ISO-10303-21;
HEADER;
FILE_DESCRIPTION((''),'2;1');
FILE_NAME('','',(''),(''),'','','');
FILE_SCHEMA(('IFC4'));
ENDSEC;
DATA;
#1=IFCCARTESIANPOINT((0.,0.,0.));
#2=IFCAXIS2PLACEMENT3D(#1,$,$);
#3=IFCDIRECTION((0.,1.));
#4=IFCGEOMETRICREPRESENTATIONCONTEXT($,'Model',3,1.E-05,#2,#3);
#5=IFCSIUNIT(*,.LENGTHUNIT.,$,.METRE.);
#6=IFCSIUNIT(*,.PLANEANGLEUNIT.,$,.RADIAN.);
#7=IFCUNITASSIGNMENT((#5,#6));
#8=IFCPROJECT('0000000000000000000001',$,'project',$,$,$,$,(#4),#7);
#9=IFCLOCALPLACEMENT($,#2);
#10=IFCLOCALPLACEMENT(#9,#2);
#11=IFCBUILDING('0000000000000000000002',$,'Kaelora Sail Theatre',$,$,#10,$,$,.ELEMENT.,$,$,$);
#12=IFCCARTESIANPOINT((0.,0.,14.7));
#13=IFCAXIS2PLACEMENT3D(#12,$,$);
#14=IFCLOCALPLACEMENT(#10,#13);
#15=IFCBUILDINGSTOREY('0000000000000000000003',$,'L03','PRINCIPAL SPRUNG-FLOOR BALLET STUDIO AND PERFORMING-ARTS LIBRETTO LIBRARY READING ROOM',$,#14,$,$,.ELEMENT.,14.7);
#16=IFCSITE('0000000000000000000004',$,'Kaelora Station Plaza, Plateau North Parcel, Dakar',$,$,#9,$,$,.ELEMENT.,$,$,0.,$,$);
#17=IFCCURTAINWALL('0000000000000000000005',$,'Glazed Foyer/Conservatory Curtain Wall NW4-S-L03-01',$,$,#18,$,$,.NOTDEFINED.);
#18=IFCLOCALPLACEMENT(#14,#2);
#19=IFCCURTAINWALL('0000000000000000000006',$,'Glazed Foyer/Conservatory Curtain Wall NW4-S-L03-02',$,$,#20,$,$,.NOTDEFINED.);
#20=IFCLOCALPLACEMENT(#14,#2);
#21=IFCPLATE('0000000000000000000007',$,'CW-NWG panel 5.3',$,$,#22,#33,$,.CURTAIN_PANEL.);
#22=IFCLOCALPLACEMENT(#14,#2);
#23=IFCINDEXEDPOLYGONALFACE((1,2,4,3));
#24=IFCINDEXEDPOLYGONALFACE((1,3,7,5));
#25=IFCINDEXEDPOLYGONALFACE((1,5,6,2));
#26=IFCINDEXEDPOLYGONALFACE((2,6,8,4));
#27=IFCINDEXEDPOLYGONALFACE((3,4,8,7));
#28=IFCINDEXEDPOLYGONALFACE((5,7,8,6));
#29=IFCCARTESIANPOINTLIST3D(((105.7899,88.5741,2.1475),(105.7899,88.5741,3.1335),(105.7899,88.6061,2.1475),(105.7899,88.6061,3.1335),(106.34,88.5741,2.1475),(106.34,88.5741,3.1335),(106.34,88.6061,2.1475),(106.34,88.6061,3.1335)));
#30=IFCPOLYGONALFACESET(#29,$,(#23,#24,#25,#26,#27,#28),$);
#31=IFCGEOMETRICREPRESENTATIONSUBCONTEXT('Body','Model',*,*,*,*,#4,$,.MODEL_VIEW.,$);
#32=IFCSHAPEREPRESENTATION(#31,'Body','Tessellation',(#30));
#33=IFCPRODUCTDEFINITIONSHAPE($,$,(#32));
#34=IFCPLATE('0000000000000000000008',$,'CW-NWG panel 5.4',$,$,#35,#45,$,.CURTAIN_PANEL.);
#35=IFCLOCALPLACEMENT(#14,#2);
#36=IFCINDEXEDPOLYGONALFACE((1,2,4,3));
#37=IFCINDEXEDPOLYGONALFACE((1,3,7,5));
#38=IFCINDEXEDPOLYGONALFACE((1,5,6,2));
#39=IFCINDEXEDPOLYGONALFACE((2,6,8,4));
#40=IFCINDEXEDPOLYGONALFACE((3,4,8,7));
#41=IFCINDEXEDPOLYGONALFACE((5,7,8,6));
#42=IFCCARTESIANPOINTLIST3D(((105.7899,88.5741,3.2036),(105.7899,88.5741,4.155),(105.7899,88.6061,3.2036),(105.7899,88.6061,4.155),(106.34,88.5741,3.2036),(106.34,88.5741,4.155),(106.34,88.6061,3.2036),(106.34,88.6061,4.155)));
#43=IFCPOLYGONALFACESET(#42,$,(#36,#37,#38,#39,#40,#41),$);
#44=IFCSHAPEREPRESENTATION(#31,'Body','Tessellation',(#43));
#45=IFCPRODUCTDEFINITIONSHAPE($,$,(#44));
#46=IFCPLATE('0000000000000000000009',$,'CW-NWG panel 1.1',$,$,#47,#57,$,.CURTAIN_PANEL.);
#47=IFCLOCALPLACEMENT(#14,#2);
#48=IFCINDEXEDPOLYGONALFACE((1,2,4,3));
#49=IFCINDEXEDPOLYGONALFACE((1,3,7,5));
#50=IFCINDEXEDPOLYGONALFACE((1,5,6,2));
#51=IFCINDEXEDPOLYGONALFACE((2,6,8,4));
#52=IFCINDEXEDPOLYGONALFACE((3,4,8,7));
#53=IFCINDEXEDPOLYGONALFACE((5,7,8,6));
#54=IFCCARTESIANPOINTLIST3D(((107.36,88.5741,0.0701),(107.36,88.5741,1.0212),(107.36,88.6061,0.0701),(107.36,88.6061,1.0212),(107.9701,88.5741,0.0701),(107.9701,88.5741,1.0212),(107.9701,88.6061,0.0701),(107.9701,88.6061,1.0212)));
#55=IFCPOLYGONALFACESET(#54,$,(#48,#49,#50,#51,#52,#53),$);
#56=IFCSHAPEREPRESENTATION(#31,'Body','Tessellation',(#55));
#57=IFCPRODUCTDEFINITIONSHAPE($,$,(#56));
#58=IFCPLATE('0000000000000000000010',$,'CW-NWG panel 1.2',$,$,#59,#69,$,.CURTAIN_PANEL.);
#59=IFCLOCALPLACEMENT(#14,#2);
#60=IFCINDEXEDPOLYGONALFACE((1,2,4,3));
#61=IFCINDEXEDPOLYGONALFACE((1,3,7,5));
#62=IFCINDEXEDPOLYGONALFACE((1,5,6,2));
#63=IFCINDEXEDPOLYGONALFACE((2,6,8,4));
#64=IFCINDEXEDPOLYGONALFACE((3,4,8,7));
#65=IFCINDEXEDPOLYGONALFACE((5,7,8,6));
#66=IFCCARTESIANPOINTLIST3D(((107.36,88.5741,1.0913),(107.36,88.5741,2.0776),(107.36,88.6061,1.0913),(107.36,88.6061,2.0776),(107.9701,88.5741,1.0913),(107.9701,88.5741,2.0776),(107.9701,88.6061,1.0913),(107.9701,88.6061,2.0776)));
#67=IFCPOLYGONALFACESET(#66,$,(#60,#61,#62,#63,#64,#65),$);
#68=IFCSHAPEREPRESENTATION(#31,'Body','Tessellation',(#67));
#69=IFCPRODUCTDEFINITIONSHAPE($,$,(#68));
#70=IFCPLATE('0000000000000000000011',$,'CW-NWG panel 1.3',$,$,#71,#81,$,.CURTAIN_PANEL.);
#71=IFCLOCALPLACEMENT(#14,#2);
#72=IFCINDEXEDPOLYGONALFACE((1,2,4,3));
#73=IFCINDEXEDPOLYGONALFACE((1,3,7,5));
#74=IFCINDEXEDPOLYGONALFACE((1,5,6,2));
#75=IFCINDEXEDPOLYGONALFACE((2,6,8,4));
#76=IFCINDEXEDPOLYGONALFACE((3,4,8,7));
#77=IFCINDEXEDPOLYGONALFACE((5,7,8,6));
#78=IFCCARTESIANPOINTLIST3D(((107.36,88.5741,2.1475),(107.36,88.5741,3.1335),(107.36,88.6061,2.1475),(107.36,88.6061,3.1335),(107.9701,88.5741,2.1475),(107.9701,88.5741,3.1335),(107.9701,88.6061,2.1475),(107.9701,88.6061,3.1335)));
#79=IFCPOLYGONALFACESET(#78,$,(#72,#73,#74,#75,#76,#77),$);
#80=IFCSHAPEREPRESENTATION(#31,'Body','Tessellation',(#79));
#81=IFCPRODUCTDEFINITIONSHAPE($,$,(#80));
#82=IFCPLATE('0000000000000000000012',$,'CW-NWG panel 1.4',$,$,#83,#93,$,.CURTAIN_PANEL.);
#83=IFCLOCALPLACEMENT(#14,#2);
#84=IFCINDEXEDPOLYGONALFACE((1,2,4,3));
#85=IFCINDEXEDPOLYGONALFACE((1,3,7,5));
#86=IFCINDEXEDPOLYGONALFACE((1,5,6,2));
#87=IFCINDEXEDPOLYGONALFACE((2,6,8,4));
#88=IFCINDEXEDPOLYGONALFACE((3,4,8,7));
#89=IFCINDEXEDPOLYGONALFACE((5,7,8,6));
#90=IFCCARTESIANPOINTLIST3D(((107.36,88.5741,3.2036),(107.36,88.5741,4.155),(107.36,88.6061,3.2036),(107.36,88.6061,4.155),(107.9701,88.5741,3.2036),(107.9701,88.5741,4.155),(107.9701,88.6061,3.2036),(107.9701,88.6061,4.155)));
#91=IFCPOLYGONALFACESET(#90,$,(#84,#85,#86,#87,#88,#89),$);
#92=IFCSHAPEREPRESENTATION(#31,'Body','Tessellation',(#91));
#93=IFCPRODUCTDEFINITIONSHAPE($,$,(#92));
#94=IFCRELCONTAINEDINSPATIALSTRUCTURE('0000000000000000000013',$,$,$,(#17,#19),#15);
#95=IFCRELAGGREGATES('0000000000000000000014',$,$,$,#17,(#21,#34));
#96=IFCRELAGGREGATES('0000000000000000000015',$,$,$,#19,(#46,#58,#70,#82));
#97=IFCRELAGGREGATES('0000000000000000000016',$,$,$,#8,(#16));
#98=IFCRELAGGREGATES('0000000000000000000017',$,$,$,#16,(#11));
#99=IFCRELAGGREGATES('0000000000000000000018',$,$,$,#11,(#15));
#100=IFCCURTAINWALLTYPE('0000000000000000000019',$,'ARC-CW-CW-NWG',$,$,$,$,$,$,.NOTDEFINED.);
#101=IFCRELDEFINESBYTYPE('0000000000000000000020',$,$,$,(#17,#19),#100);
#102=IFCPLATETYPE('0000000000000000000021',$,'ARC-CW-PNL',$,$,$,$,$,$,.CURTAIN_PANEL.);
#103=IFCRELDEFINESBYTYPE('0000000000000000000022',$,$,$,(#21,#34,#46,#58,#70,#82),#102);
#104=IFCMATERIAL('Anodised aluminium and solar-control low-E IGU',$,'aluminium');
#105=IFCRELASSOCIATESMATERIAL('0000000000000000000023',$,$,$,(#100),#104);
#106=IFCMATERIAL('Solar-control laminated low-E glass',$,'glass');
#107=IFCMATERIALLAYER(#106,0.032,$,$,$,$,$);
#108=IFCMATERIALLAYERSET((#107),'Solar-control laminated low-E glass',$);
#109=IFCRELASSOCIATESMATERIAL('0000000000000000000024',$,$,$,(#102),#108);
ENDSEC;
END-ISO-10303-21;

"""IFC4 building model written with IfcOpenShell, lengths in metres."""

from ifc_helpers import new_model, si_unit, direction, frame, origin, origin_2d, place, context, subcontext, project, spatial, rectangle, extrude, material, layer, layer_set, type_object, element, aggregate, save


model = new_model("IFC4")

# Units and contexts
model_context = context("Model", 3, precision=1e-05, world=origin(), true_north=direction((0.0, 1.0)))
body_context = subcontext(model_context, "Body", "Model", "MODEL_VIEW")
ifc_project = project(units=[si_unit("LENGTHUNIT", "METRE"), si_unit("PLANEANGLEUNIT", "RADIAN")], contexts=[model_context])

# Site, building, storey
site_placement = place(None, origin())
site = spatial("IfcSite", under=ifc_project, at=site_placement, Name="Kaelora Station Plaza, Plateau North Parcel, Dakar", CompositionType="ELEMENT", RefElevation=0.0)
building_placement = place(site_placement, origin())
building = spatial("IfcBuilding", under=site, at=building_placement, Name="Kaelora Sail Theatre", CompositionType="ELEMENT")
storey_placement = place(building_placement, frame((0.0, 0.0, 14.7)))
storey = spatial("IfcBuildingStorey", under=building, at=storey_placement, Name="L03", Description="PRINCIPAL SPRUNG-FLOOR BALLET STUDIO AND PERFORMING-ARTS LIBRETTO LIBRARY READING ROOM", CompositionType="ELEMENT", Elevation=14.7)

# Curtain walls
ifc_material_1 = material(Name="Anodised aluminium and solar-control low-E IGU", Category="aluminium")
curtain_wall_type = type_object("IfcCurtainWallType", Name="ARC-CW-CW-NWG", PredefinedType="NOTDEFINED", material=ifc_material_1)
curtain_wall_1_placement = place(storey_placement, origin())
curtain_wall_1 = element("IfcCurtainWall", 1, at=curtain_wall_1_placement, inside=storey, type_object=curtain_wall_type, Name="Glazed Foyer/Conservatory Curtain Wall NW4-S-L03-01", PredefinedType="NOTDEFINED")
curtain_wall_2_placement = place(storey_placement, origin())
curtain_wall_2 = element("IfcCurtainWall", 2, at=curtain_wall_2_placement, inside=storey, type_object=curtain_wall_type, Name="Glazed Foyer/Conservatory Curtain Wall NW4-S-L03-02", PredefinedType="NOTDEFINED")

# Plates
ifc_material_2 = material(Name="Solar-control laminated low-E glass", Category="glass")
ifc_layer = layer(ifc_material_2, 0.032)
ifc_layer_set = layer_set([ifc_layer], Name="Solar-control laminated low-E glass")
plate_type = type_object("IfcPlateType", Name="ARC-CW-PNL", PredefinedType="CURTAIN_PANEL", material=ifc_layer_set)
plate_1_placement = place(storey_placement, frame((106.0649, 88.5901, 2.1475), z_axis=(0.0, 0.0, 1.0), x_axis=(1.0, 0.0, 0.0)))
plate_1 = element("IfcPlate", 3, at=plate_1_placement, type_object=plate_type, Name="CW-NWG panel 5.3", PredefinedType="CURTAIN_PANEL", context=body_context, shape_type="SweptSolid", body=[
    extrude(rectangle(XDim=0.55, YDim=0.032, at=origin_2d()), origin(), (0.0, 0.0, 1.0), 0.9861),
])
plate_2_placement = place(storey_placement, frame((106.0649, 88.5901, 3.2036), z_axis=(0.0, 0.0, 1.0), x_axis=(1.0, 0.0, 0.0)))
plate_2 = element("IfcPlate", 4, at=plate_2_placement, type_object=plate_type, Name="CW-NWG panel 5.4", PredefinedType="CURTAIN_PANEL", context=body_context, shape_type="SweptSolid", body=[
    extrude(rectangle(XDim=0.55, YDim=0.032, at=origin_2d()), origin(), (0.0, 0.0, 1.0), 0.9514),
])
aggregate(curtain_wall_1, [plate_1, plate_2])
plate_3_placement = place(storey_placement, frame((107.665, 88.5901, 0.0701), z_axis=(0.0, 0.0, 1.0), x_axis=(1.0, 0.0, 0.0)))
plate_3 = element("IfcPlate", 5, at=plate_3_placement, type_object=plate_type, Name="CW-NWG panel 1.1", PredefinedType="CURTAIN_PANEL", context=body_context, shape_type="SweptSolid", body=[
    extrude(rectangle(XDim=0.6101, YDim=0.032, at=origin_2d()), origin(), (0.0, 0.0, 1.0), 0.9512),
])
plate_4_placement = place(storey_placement, frame((107.665, 88.5901, 1.0913), z_axis=(0.0, 0.0, 1.0), x_axis=(1.0, 0.0, 0.0)))
plate_4 = element("IfcPlate", 6, at=plate_4_placement, type_object=plate_type, Name="CW-NWG panel 1.2", PredefinedType="CURTAIN_PANEL", context=body_context, shape_type="SweptSolid", body=[
    extrude(rectangle(XDim=0.6101, YDim=0.032, at=origin_2d()), origin(), (0.0, 0.0, 1.0), 0.9863),
])
plate_5_placement = place(storey_placement, frame((107.665, 88.5901, 2.1475), z_axis=(0.0, 0.0, 1.0), x_axis=(1.0, 0.0, 0.0)))
plate_5 = element("IfcPlate", 7, at=plate_5_placement, type_object=plate_type, Name="CW-NWG panel 1.3", PredefinedType="CURTAIN_PANEL", context=body_context, shape_type="SweptSolid", body=[
    extrude(rectangle(XDim=0.6101, YDim=0.032, at=origin_2d()), origin(), (0.0, 0.0, 1.0), 0.9861),
])
plate_6_placement = place(storey_placement, frame((107.665, 88.5901, 3.2036), z_axis=(0.0, 0.0, 1.0), x_axis=(1.0, 0.0, 0.0)))
plate_6 = element("IfcPlate", 8, at=plate_6_placement, type_object=plate_type, Name="CW-NWG panel 1.4", PredefinedType="CURTAIN_PANEL", context=body_context, shape_type="SweptSolid", body=[
    extrude(rectangle(XDim=0.6101, YDim=0.032, at=origin_2d()), origin(), (0.0, 0.0, 1.0), 0.9514),
])
aggregate(curtain_wall_2, [plate_3, plate_4, plate_5, plate_6])

save(model, "model.ifc")
